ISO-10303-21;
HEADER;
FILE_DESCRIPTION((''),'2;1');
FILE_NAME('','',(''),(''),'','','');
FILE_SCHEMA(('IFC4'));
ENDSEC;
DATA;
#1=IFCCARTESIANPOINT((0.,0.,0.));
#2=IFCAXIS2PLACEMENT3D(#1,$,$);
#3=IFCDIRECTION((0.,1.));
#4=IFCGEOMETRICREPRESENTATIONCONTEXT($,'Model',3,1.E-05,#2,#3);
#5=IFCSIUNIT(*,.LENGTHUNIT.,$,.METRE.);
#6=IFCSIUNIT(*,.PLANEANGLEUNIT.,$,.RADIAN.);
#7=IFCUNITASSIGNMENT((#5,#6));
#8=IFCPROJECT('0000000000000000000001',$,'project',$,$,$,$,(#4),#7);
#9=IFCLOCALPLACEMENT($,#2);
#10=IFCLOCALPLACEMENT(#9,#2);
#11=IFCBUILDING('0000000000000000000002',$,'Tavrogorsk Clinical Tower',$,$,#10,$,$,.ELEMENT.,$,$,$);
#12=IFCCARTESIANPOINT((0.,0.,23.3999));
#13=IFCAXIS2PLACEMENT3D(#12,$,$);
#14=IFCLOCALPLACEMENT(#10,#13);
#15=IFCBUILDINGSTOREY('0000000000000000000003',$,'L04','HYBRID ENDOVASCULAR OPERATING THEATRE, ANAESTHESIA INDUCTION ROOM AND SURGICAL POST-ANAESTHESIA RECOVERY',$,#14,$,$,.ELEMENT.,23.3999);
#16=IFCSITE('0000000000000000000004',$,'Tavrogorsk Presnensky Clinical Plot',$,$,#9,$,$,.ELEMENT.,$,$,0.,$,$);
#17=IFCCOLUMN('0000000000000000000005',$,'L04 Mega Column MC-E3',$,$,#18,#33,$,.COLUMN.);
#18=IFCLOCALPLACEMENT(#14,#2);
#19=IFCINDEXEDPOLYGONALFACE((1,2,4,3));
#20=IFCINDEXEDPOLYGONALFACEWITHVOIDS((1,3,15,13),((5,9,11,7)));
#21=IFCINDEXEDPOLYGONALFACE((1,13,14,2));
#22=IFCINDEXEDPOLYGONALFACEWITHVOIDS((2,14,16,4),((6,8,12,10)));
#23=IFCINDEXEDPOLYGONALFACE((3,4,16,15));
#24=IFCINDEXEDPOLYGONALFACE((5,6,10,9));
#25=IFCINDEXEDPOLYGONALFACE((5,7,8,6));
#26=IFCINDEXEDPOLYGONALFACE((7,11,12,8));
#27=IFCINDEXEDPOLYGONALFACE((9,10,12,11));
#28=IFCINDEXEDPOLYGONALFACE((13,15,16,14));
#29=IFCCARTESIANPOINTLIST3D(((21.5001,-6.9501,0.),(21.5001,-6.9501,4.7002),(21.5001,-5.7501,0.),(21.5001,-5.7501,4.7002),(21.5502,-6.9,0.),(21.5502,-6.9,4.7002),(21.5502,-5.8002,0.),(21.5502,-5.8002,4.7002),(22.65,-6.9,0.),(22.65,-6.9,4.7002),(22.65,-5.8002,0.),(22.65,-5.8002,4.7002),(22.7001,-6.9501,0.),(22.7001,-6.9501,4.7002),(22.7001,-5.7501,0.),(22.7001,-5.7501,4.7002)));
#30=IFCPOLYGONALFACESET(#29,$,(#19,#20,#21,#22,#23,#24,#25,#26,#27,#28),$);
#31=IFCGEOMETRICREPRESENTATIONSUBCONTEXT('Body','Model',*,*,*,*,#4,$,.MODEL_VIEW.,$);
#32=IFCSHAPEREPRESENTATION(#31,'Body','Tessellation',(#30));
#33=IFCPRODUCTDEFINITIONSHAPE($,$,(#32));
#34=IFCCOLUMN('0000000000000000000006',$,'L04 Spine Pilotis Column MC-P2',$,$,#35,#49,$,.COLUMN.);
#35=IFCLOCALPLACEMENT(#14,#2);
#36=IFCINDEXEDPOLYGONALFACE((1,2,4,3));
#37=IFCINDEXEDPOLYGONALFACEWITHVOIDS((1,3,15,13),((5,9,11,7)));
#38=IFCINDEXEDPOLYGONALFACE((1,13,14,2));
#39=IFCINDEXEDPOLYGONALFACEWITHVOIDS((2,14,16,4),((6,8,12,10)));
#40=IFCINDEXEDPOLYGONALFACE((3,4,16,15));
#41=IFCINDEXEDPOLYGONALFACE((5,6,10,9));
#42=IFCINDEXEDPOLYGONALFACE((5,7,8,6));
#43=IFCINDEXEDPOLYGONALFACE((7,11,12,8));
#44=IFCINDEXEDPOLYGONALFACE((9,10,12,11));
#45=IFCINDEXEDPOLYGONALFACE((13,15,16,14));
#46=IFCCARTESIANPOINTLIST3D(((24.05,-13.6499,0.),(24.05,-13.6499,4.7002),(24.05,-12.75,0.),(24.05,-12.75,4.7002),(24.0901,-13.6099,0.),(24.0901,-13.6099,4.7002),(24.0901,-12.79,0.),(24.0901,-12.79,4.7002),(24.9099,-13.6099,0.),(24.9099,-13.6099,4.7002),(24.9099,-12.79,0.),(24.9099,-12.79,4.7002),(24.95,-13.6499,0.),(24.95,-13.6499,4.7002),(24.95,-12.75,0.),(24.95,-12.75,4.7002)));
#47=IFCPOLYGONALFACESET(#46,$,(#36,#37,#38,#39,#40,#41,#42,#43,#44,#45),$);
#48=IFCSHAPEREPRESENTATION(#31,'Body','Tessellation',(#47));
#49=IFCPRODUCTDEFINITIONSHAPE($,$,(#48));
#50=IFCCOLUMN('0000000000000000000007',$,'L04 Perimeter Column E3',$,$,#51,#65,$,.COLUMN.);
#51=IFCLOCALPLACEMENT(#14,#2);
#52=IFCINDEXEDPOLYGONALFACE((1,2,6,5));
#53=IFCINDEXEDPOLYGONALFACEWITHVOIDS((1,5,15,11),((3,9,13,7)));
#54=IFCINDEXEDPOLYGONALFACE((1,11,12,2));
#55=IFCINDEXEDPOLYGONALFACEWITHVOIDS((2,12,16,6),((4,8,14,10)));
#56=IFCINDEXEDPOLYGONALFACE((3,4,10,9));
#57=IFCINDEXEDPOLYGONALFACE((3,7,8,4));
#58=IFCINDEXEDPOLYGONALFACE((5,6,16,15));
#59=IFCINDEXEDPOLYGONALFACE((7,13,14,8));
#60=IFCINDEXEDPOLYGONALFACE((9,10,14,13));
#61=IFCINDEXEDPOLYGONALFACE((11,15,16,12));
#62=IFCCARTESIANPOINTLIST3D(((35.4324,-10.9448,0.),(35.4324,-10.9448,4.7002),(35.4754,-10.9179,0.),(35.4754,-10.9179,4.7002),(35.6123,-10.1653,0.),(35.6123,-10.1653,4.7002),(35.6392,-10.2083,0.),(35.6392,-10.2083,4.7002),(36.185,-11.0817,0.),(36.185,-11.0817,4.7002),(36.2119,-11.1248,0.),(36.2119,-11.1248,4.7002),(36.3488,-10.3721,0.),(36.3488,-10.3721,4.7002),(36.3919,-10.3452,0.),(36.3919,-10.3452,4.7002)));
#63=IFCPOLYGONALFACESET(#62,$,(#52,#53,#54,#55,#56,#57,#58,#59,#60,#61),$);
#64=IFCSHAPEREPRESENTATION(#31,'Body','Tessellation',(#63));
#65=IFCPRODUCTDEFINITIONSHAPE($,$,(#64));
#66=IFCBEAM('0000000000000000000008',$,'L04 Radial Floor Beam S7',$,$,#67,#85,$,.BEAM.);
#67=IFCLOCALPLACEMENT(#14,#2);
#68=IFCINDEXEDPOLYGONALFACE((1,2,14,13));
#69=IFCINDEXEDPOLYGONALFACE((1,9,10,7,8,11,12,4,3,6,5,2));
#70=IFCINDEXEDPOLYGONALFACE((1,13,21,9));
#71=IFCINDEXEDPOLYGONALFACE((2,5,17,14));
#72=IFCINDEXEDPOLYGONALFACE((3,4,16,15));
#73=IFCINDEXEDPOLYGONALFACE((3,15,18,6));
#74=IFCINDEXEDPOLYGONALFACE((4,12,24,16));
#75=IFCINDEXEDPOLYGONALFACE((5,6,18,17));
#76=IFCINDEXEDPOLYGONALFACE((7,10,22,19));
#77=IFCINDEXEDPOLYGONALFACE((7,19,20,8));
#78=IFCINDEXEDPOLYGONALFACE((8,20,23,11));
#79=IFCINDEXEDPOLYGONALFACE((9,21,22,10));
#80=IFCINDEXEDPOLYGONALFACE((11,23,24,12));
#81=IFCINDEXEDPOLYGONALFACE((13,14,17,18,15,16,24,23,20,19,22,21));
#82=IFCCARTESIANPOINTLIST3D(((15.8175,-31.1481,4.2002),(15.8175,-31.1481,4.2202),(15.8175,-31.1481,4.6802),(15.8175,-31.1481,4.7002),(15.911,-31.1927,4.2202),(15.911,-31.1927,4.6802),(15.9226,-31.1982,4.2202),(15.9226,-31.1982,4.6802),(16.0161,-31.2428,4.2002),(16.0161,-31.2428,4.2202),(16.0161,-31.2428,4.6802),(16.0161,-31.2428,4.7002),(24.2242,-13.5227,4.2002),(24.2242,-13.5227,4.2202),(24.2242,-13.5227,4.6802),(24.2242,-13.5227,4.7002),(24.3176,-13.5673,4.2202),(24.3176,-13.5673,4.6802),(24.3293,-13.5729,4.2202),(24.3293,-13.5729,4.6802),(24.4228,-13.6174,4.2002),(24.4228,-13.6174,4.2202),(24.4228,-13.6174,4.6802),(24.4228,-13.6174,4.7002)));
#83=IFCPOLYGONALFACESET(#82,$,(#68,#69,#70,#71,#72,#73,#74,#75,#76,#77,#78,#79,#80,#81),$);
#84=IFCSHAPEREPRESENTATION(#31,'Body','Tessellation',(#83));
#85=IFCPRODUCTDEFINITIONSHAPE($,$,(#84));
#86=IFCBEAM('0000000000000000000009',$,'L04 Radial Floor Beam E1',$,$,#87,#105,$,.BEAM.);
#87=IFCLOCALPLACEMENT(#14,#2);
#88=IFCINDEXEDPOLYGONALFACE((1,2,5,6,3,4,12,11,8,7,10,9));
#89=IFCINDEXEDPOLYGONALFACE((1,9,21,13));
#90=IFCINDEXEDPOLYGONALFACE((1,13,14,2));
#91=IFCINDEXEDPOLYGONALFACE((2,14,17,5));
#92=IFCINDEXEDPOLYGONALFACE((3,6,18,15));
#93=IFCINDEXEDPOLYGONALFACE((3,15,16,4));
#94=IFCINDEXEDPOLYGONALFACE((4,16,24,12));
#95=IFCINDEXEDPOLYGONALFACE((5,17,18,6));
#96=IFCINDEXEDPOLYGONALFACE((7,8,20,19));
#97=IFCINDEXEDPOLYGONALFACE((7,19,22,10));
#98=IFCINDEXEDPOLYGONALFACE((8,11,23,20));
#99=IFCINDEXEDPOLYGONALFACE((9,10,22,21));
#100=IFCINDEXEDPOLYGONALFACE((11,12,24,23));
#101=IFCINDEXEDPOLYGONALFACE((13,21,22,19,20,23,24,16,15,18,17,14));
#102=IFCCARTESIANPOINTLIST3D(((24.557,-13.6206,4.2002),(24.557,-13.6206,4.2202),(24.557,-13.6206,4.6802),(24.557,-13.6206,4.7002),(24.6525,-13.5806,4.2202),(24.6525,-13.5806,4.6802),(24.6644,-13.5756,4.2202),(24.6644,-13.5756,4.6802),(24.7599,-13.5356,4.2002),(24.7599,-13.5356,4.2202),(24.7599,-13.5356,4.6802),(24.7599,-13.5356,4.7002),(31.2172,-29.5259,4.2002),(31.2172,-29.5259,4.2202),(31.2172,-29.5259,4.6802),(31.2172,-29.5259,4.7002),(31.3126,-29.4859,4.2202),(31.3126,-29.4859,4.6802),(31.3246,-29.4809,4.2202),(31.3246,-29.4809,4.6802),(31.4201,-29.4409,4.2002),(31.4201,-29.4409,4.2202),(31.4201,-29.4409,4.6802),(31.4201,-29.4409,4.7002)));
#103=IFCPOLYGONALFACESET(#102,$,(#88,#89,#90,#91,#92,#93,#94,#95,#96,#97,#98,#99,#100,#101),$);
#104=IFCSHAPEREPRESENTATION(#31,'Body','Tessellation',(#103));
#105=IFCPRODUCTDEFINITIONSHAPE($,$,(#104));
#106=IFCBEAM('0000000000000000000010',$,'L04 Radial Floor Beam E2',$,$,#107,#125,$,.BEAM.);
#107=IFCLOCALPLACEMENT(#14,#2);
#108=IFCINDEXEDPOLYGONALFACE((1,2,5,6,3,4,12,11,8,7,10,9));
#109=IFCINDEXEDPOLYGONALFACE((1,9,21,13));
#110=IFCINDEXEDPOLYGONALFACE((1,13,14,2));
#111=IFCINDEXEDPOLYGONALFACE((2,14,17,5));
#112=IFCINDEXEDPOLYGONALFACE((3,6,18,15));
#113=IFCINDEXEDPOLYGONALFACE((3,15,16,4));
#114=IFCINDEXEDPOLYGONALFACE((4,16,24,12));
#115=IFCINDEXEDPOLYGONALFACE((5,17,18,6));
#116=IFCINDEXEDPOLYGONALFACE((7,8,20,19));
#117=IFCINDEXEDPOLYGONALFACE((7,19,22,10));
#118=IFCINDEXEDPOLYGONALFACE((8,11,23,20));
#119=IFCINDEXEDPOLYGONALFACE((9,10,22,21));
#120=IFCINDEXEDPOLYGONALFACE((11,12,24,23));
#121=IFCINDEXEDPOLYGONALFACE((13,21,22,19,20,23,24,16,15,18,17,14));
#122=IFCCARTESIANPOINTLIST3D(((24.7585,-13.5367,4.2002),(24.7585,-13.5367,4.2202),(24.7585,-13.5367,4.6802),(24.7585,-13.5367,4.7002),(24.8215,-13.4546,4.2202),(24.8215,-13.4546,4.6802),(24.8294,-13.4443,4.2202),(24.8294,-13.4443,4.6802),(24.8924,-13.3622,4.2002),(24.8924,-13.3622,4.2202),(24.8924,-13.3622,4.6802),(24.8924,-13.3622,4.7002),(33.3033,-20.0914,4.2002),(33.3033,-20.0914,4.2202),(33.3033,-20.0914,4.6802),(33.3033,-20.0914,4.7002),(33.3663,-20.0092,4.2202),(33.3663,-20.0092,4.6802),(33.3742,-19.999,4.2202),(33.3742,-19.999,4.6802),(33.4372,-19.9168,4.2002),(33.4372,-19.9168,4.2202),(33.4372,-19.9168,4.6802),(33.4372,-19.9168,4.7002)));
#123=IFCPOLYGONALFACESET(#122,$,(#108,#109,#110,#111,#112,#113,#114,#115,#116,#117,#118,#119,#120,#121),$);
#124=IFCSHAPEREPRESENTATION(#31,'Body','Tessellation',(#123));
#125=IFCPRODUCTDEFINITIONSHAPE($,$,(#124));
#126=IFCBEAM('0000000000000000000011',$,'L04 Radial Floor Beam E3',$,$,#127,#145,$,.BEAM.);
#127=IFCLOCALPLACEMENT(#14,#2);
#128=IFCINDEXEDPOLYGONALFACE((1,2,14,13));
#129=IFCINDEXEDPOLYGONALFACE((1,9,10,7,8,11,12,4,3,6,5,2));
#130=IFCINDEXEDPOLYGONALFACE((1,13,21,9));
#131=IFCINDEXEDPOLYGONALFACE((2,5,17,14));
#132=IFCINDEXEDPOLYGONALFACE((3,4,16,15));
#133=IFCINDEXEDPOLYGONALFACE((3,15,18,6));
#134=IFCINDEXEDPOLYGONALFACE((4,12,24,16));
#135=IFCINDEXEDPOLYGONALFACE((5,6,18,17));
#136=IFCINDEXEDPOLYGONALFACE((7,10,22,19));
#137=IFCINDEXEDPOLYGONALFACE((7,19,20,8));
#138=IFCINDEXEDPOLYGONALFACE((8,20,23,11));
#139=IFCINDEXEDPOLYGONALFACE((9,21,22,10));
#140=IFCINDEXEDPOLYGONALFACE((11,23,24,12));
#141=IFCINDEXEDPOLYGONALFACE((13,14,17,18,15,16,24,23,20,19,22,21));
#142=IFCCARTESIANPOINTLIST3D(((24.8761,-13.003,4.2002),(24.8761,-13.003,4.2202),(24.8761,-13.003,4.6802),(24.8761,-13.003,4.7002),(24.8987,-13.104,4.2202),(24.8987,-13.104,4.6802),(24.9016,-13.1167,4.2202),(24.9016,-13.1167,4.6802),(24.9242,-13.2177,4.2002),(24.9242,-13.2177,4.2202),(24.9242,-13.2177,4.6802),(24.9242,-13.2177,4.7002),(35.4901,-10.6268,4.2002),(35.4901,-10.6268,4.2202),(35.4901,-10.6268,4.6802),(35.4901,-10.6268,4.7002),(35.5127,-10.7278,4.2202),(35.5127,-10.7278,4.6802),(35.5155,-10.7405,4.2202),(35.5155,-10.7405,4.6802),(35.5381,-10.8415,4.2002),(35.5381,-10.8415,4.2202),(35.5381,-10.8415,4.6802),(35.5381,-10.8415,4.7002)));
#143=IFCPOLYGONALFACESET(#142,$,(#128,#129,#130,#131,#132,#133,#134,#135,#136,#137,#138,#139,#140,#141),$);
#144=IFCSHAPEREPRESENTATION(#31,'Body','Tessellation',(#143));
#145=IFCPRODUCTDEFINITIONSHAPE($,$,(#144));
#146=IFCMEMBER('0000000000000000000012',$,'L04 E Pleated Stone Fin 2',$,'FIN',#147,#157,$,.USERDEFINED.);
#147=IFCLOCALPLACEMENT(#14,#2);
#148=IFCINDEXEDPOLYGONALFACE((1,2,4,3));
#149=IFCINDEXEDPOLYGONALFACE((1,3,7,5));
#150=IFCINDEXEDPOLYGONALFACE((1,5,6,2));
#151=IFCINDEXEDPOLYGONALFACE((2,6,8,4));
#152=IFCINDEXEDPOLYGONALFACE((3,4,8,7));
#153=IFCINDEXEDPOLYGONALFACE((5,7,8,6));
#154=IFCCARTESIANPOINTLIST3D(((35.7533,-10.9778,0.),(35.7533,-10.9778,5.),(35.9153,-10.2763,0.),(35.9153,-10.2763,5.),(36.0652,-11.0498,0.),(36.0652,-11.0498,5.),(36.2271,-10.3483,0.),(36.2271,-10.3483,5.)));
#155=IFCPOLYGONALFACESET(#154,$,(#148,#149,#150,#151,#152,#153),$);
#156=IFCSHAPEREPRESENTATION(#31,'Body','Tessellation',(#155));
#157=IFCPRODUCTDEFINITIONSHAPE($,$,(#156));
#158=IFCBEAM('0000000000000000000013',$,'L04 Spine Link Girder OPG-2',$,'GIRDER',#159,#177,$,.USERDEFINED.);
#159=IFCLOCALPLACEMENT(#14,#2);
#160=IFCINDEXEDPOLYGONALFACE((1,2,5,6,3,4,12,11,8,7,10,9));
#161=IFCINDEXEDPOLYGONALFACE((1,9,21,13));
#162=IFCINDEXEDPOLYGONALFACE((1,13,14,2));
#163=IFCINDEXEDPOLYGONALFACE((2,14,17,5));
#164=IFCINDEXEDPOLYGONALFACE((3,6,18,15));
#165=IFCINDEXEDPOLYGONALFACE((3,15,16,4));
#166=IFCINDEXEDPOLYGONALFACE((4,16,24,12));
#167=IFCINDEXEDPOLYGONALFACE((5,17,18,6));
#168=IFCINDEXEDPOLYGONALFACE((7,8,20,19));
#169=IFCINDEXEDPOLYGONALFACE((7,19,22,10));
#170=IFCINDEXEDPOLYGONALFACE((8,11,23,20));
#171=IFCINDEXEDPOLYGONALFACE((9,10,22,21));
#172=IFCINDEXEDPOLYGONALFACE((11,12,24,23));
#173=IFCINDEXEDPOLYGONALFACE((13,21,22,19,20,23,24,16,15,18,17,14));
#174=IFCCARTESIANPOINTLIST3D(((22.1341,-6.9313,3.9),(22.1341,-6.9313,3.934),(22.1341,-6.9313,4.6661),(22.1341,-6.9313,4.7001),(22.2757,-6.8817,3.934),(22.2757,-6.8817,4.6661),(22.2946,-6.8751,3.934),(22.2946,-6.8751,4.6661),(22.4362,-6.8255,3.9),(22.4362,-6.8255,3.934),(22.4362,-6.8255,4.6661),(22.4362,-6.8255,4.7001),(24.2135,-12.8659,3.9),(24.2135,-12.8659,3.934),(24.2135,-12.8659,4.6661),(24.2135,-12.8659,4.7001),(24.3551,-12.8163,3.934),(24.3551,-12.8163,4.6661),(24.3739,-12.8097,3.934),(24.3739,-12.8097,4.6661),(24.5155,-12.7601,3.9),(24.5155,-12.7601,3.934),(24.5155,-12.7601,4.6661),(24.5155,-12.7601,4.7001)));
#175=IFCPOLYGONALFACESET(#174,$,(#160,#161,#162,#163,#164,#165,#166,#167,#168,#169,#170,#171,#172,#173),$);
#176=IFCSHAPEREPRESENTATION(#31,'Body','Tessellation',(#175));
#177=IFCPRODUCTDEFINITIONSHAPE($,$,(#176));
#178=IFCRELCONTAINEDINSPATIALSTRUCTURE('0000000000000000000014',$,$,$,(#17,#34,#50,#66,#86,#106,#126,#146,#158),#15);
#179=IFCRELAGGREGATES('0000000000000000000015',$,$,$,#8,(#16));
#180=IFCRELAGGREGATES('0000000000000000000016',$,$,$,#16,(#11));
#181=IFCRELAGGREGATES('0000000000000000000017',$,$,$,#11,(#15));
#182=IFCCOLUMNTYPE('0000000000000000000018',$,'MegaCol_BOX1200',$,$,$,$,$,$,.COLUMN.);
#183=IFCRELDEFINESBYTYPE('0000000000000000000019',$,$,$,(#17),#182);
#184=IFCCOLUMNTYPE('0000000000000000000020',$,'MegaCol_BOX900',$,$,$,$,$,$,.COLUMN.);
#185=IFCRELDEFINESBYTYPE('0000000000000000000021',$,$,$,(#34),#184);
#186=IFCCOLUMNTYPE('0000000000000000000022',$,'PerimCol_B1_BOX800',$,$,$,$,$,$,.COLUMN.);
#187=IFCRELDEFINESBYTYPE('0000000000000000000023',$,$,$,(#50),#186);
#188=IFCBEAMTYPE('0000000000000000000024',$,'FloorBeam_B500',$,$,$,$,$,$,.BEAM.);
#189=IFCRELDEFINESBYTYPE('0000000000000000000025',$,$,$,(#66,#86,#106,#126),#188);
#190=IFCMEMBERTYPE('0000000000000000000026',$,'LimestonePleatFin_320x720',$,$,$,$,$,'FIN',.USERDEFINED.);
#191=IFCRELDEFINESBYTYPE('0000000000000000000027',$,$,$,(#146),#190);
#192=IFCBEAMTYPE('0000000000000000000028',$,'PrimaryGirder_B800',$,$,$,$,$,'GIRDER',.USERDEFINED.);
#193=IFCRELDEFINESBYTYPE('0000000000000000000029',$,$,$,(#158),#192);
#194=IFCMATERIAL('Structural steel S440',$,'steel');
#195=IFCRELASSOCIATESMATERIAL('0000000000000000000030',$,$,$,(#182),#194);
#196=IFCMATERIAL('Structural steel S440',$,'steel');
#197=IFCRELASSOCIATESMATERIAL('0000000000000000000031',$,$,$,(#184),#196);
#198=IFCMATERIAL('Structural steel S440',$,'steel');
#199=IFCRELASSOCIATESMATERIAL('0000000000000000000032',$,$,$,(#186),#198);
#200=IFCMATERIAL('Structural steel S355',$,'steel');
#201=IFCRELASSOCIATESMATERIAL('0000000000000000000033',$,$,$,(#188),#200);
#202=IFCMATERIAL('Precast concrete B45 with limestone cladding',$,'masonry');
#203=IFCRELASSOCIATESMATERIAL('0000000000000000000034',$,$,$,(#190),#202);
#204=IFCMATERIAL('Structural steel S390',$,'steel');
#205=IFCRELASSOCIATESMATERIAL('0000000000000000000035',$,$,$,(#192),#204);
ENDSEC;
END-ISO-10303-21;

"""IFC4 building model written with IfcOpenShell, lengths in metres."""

from ifc_helpers import new_model, si_unit, direction, frame, origin, origin_2d, place, context, subcontext, project, spatial, rectangle, hollow_rectangle, i_section, extrude, material, material_profile, profile_set, type_object, element, save


model = new_model("IFC4")

# Units and contexts
model_context = context("Model", 3, precision=1e-05, world=origin(), true_north=direction((0.0, 1.0)))
body_context = subcontext(model_context, "Body", "Model", "MODEL_VIEW")
ifc_project = project(units=[si_unit("LENGTHUNIT", "METRE"), si_unit("PLANEANGLEUNIT", "RADIAN")], contexts=[model_context])

# Site, building, storey
site_placement = place(None, origin())
site = spatial("IfcSite", under=ifc_project, at=site_placement, Name="Tavrogorsk Presnensky Clinical Plot", CompositionType="ELEMENT", RefElevation=0.0)
building_placement = place(site_placement, origin())
building = spatial("IfcBuilding", under=site, at=building_placement, Name="Tavrogorsk Clinical Tower", CompositionType="ELEMENT")
storey_placement = place(building_placement, frame((0.0, 0.0, 23.3999)))
storey = spatial("IfcBuildingStorey", under=building, at=storey_placement, Name="L04", Description="HYBRID ENDOVASCULAR OPERATING THEATRE, ANAESTHESIA INDUCTION ROOM AND SURGICAL POST-ANAESTHESIA RECOVERY", CompositionType="ELEMENT", Elevation=23.3999)

# Columns
ifc_material_1 = material(Name="Structural steel S440", Category="steel")
ifc_material_profile_1 = material_profile(ifc_material_1, hollow_rectangle(XDim=1.2, YDim=1.2, WallThickness=0.05, at=origin_2d()), Name="BOX-1200x1200x50")
ifc_profile_set_1 = profile_set([ifc_material_profile_1], Name="Structural steel S440")
column_type_1 = type_object("IfcColumnType", Name="MegaCol_BOX1200", PredefinedType="COLUMN", material=ifc_profile_set_1)
column_1_placement = place(storey_placement, frame((22.1001, -6.3501, 0.0), z_axis=(0.0, 0.0, 1.0), x_axis=(1.0, 0.0, 0.0)))
element("IfcColumn", 1, at=column_1_placement, inside=storey, type_object=column_type_1, Name="L04 Mega Column MC-E3", PredefinedType="COLUMN", context=body_context, shape_type="SweptSolid", body=[
    extrude(hollow_rectangle(XDim=1.2, YDim=1.2, WallThickness=0.05, at=origin_2d()), origin(), (0.0, 0.0, 1.0), 4.7002),
])
ifc_material_2 = material(Name="Structural steel S440", Category="steel")
ifc_material_profile_2 = material_profile(ifc_material_2, hollow_rectangle(XDim=0.8999, YDim=0.8999, WallThickness=0.04, at=origin_2d()), Name="BOX-900x900x40")
ifc_profile_set_2 = profile_set([ifc_material_profile_2], Name="Structural steel S440")
column_type_2 = type_object("IfcColumnType", Name="MegaCol_BOX900", PredefinedType="COLUMN", material=ifc_profile_set_2)
column_2_placement = place(storey_placement, frame((24.5, -13.2, 0.0), z_axis=(0.0, 0.0, 1.0), x_axis=(1.0, 0.0, 0.0)))
element("IfcColumn", 2, at=column_2_placement, inside=storey, type_object=column_type_2, Name="L04 Spine Pilotis Column MC-P2", PredefinedType="COLUMN", context=body_context, shape_type="SweptSolid", body=[
    extrude(hollow_rectangle(XDim=0.8999, YDim=0.8999, WallThickness=0.04, at=origin_2d()), origin(), (0.0, 0.0, 1.0), 4.7002),
])
ifc_material_3 = material(Name="Structural steel S440", Category="steel")
ifc_material_profile_3 = material_profile(ifc_material_3, hollow_rectangle(XDim=0.8, YDim=0.8, WallThickness=0.0359, at=origin_2d()), Name="BOX-800x800x36")
ifc_profile_set_3 = profile_set([ifc_material_profile_3], Name="Structural steel S440")
column_type_3 = type_object("IfcColumnType", Name="PerimCol_B1_BOX800", PredefinedType="COLUMN", material=ifc_profile_set_3)
column_3_placement = place(storey_placement, frame((35.9121, -10.645, 0.0), z_axis=(0.0, 0.0, 1.0), x_axis=(0.97437, -0.224951, 0.0)))
element("IfcColumn", 3, at=column_3_placement, inside=storey, type_object=column_type_3, Name="L04 Perimeter Column E3", PredefinedType="COLUMN", context=body_context, shape_type="SweptSolid", body=[
    extrude(hollow_rectangle(XDim=0.8, YDim=0.8, WallThickness=0.0359, at=origin_2d()), origin(), (0.0, 0.0, 1.0), 4.7002),
])

# Beams
ifc_material_4 = material(Name="Structural steel S355", Category="steel")
ifc_material_profile_4 = material_profile(ifc_material_4, i_section(OverallWidth=0.22, OverallDepth=0.5, WebThickness=0.0129, FlangeThickness=0.02, at=origin_2d()), Name="B-500x220x13x20")
ifc_profile_set_4 = profile_set([ifc_material_profile_4], Name="Structural steel S355")
beam_type_1 = type_object("IfcBeamType", Name="FloorBeam_B500", PredefinedType="BEAM", material=ifc_profile_set_4)
beam_1_placement = place(storey_placement, frame((24.3235, -13.5701, 4.4502), z_axis=(-0.430503, -0.902589, 0.0), x_axis=(0.902589, -0.430503, 0.0)))
element("IfcBeam", 4, at=beam_1_placement, inside=storey, type_object=beam_type_1, Name="L04 Radial Floor Beam S7", PredefinedType="BEAM", context=body_context, shape_type="SweptSolid", body=[
    extrude(i_section(OverallWidth=0.22, OverallDepth=0.5, WebThickness=0.0129, FlangeThickness=0.02, at=origin_2d()), origin(), (0.0, 0.0, 1.0), 19.5276),
])
beam_2_placement = place(storey_placement, frame((24.6584, -13.5781, 4.4502), z_axis=(0.386243, -0.922397, 0.0), x_axis=(0.922397, 0.386243, 0.0)))
element("IfcBeam", 5, at=beam_2_placement, inside=storey, type_object=beam_type_1, Name="L04 Radial Floor Beam E1", PredefinedType="BEAM", context=body_context, shape_type="SweptSolid", body=[
    extrude(i_section(OverallWidth=0.22, OverallDepth=0.5, WebThickness=0.0129, FlangeThickness=0.02, at=origin_2d()), origin(), (0.0, 0.0, 1.0), 17.2434),
])
beam_3_placement = place(storey_placement, frame((24.8254, -13.4495, 4.4502), z_axis=(0.793446, -0.608641, 0.0), x_axis=(0.608641, 0.793446, 0.0)))
element("IfcBeam", 6, at=beam_3_placement, inside=storey, type_object=beam_type_1, Name="L04 Radial Floor Beam E2", PredefinedType="BEAM", context=body_context, shape_type="SweptSolid", body=[
    extrude(i_section(OverallWidth=0.22, OverallDepth=0.5, WebThickness=0.0129, FlangeThickness=0.02, at=origin_2d()), origin(), (0.0, 0.0, 1.0), 10.7693),
])
beam_4_placement = place(storey_placement, frame((24.9001, -13.1104, 4.4502), z_axis=(0.975844, 0.218468, 0.0), x_axis=(-0.218468, 0.975844, 0.0)))
element("IfcBeam", 7, at=beam_4_placement, inside=storey, type_object=beam_type_1, Name="L04 Radial Floor Beam E3", PredefinedType="BEAM", context=body_context, shape_type="SweptSolid", body=[
    extrude(i_section(OverallWidth=0.22, OverallDepth=0.5, WebThickness=0.0129, FlangeThickness=0.02, at=origin_2d()), origin(), (0.0, 0.0, 1.0), 10.8767),
])

# Member
ifc_material_5 = material(Name="Precast concrete B45 with limestone cladding", Category="masonry")
ifc_material_profile_5 = material_profile(ifc_material_5, rectangle(XDim=0.3201, YDim=0.72, at=origin_2d()), Name="LIMESTONE-FIN-320x720")
ifc_profile_set_5 = profile_set([ifc_material_profile_5], Name="Precast concrete B45 with limestone cladding")
member_type = type_object("IfcMemberType", Name="LimestonePleatFin_320x720", ElementType="FIN", PredefinedType="USERDEFINED", material=ifc_profile_set_5)
member_placement = place(storey_placement, frame((35.9902, -10.6631, 0.0), z_axis=(0.0, 0.0, 1.0), x_axis=(0.97437, -0.224951, 0.0)))
element("IfcMember", 8, at=member_placement, inside=storey, type_object=member_type, Name="L04 E Pleated Stone Fin 2", ObjectType="FIN", PredefinedType="USERDEFINED", context=body_context, shape_type="SweptSolid", body=[
    extrude(rectangle(XDim=0.3201, YDim=0.72, at=origin_2d()), origin(), (0.0, 0.0, 1.0), 5.0),
])

# Beam
ifc_material_6 = material(Name="Structural steel S390", Category="steel")
ifc_material_profile_6 = material_profile(ifc_material_6, i_section(OverallWidth=0.3201, OverallDepth=0.8, WebThickness=0.02, FlangeThickness=0.0339, at=origin_2d()), Name="B-800x320x20x34")
ifc_profile_set_6 = profile_set([ifc_material_profile_6], Name="Structural steel S390")
beam_type_2 = type_object("IfcBeamType", Name="PrimaryGirder_B800", ElementType="GIRDER", PredefinedType="USERDEFINED", material=ifc_profile_set_6)
beam_5_placement = place(storey_placement, frame((24.3645, -12.813, 4.3), z_axis=(-0.330669, 0.943747, 0.0), x_axis=(-0.943747, -0.330669, 0.0)))
element("IfcBeam", 9, at=beam_5_placement, inside=storey, type_object=beam_type_2, Name="L04 Spine Link Girder OPG-2", ObjectType="GIRDER", PredefinedType="USERDEFINED", context=body_context, shape_type="SweptSolid", body=[
    extrude(i_section(OverallWidth=0.3201, OverallDepth=0.8, WebThickness=0.02, FlangeThickness=0.0339, at=origin_2d()), origin(), (0.0, 0.0, 1.0), 6.2883),
])

save(model, "model.ifc")
